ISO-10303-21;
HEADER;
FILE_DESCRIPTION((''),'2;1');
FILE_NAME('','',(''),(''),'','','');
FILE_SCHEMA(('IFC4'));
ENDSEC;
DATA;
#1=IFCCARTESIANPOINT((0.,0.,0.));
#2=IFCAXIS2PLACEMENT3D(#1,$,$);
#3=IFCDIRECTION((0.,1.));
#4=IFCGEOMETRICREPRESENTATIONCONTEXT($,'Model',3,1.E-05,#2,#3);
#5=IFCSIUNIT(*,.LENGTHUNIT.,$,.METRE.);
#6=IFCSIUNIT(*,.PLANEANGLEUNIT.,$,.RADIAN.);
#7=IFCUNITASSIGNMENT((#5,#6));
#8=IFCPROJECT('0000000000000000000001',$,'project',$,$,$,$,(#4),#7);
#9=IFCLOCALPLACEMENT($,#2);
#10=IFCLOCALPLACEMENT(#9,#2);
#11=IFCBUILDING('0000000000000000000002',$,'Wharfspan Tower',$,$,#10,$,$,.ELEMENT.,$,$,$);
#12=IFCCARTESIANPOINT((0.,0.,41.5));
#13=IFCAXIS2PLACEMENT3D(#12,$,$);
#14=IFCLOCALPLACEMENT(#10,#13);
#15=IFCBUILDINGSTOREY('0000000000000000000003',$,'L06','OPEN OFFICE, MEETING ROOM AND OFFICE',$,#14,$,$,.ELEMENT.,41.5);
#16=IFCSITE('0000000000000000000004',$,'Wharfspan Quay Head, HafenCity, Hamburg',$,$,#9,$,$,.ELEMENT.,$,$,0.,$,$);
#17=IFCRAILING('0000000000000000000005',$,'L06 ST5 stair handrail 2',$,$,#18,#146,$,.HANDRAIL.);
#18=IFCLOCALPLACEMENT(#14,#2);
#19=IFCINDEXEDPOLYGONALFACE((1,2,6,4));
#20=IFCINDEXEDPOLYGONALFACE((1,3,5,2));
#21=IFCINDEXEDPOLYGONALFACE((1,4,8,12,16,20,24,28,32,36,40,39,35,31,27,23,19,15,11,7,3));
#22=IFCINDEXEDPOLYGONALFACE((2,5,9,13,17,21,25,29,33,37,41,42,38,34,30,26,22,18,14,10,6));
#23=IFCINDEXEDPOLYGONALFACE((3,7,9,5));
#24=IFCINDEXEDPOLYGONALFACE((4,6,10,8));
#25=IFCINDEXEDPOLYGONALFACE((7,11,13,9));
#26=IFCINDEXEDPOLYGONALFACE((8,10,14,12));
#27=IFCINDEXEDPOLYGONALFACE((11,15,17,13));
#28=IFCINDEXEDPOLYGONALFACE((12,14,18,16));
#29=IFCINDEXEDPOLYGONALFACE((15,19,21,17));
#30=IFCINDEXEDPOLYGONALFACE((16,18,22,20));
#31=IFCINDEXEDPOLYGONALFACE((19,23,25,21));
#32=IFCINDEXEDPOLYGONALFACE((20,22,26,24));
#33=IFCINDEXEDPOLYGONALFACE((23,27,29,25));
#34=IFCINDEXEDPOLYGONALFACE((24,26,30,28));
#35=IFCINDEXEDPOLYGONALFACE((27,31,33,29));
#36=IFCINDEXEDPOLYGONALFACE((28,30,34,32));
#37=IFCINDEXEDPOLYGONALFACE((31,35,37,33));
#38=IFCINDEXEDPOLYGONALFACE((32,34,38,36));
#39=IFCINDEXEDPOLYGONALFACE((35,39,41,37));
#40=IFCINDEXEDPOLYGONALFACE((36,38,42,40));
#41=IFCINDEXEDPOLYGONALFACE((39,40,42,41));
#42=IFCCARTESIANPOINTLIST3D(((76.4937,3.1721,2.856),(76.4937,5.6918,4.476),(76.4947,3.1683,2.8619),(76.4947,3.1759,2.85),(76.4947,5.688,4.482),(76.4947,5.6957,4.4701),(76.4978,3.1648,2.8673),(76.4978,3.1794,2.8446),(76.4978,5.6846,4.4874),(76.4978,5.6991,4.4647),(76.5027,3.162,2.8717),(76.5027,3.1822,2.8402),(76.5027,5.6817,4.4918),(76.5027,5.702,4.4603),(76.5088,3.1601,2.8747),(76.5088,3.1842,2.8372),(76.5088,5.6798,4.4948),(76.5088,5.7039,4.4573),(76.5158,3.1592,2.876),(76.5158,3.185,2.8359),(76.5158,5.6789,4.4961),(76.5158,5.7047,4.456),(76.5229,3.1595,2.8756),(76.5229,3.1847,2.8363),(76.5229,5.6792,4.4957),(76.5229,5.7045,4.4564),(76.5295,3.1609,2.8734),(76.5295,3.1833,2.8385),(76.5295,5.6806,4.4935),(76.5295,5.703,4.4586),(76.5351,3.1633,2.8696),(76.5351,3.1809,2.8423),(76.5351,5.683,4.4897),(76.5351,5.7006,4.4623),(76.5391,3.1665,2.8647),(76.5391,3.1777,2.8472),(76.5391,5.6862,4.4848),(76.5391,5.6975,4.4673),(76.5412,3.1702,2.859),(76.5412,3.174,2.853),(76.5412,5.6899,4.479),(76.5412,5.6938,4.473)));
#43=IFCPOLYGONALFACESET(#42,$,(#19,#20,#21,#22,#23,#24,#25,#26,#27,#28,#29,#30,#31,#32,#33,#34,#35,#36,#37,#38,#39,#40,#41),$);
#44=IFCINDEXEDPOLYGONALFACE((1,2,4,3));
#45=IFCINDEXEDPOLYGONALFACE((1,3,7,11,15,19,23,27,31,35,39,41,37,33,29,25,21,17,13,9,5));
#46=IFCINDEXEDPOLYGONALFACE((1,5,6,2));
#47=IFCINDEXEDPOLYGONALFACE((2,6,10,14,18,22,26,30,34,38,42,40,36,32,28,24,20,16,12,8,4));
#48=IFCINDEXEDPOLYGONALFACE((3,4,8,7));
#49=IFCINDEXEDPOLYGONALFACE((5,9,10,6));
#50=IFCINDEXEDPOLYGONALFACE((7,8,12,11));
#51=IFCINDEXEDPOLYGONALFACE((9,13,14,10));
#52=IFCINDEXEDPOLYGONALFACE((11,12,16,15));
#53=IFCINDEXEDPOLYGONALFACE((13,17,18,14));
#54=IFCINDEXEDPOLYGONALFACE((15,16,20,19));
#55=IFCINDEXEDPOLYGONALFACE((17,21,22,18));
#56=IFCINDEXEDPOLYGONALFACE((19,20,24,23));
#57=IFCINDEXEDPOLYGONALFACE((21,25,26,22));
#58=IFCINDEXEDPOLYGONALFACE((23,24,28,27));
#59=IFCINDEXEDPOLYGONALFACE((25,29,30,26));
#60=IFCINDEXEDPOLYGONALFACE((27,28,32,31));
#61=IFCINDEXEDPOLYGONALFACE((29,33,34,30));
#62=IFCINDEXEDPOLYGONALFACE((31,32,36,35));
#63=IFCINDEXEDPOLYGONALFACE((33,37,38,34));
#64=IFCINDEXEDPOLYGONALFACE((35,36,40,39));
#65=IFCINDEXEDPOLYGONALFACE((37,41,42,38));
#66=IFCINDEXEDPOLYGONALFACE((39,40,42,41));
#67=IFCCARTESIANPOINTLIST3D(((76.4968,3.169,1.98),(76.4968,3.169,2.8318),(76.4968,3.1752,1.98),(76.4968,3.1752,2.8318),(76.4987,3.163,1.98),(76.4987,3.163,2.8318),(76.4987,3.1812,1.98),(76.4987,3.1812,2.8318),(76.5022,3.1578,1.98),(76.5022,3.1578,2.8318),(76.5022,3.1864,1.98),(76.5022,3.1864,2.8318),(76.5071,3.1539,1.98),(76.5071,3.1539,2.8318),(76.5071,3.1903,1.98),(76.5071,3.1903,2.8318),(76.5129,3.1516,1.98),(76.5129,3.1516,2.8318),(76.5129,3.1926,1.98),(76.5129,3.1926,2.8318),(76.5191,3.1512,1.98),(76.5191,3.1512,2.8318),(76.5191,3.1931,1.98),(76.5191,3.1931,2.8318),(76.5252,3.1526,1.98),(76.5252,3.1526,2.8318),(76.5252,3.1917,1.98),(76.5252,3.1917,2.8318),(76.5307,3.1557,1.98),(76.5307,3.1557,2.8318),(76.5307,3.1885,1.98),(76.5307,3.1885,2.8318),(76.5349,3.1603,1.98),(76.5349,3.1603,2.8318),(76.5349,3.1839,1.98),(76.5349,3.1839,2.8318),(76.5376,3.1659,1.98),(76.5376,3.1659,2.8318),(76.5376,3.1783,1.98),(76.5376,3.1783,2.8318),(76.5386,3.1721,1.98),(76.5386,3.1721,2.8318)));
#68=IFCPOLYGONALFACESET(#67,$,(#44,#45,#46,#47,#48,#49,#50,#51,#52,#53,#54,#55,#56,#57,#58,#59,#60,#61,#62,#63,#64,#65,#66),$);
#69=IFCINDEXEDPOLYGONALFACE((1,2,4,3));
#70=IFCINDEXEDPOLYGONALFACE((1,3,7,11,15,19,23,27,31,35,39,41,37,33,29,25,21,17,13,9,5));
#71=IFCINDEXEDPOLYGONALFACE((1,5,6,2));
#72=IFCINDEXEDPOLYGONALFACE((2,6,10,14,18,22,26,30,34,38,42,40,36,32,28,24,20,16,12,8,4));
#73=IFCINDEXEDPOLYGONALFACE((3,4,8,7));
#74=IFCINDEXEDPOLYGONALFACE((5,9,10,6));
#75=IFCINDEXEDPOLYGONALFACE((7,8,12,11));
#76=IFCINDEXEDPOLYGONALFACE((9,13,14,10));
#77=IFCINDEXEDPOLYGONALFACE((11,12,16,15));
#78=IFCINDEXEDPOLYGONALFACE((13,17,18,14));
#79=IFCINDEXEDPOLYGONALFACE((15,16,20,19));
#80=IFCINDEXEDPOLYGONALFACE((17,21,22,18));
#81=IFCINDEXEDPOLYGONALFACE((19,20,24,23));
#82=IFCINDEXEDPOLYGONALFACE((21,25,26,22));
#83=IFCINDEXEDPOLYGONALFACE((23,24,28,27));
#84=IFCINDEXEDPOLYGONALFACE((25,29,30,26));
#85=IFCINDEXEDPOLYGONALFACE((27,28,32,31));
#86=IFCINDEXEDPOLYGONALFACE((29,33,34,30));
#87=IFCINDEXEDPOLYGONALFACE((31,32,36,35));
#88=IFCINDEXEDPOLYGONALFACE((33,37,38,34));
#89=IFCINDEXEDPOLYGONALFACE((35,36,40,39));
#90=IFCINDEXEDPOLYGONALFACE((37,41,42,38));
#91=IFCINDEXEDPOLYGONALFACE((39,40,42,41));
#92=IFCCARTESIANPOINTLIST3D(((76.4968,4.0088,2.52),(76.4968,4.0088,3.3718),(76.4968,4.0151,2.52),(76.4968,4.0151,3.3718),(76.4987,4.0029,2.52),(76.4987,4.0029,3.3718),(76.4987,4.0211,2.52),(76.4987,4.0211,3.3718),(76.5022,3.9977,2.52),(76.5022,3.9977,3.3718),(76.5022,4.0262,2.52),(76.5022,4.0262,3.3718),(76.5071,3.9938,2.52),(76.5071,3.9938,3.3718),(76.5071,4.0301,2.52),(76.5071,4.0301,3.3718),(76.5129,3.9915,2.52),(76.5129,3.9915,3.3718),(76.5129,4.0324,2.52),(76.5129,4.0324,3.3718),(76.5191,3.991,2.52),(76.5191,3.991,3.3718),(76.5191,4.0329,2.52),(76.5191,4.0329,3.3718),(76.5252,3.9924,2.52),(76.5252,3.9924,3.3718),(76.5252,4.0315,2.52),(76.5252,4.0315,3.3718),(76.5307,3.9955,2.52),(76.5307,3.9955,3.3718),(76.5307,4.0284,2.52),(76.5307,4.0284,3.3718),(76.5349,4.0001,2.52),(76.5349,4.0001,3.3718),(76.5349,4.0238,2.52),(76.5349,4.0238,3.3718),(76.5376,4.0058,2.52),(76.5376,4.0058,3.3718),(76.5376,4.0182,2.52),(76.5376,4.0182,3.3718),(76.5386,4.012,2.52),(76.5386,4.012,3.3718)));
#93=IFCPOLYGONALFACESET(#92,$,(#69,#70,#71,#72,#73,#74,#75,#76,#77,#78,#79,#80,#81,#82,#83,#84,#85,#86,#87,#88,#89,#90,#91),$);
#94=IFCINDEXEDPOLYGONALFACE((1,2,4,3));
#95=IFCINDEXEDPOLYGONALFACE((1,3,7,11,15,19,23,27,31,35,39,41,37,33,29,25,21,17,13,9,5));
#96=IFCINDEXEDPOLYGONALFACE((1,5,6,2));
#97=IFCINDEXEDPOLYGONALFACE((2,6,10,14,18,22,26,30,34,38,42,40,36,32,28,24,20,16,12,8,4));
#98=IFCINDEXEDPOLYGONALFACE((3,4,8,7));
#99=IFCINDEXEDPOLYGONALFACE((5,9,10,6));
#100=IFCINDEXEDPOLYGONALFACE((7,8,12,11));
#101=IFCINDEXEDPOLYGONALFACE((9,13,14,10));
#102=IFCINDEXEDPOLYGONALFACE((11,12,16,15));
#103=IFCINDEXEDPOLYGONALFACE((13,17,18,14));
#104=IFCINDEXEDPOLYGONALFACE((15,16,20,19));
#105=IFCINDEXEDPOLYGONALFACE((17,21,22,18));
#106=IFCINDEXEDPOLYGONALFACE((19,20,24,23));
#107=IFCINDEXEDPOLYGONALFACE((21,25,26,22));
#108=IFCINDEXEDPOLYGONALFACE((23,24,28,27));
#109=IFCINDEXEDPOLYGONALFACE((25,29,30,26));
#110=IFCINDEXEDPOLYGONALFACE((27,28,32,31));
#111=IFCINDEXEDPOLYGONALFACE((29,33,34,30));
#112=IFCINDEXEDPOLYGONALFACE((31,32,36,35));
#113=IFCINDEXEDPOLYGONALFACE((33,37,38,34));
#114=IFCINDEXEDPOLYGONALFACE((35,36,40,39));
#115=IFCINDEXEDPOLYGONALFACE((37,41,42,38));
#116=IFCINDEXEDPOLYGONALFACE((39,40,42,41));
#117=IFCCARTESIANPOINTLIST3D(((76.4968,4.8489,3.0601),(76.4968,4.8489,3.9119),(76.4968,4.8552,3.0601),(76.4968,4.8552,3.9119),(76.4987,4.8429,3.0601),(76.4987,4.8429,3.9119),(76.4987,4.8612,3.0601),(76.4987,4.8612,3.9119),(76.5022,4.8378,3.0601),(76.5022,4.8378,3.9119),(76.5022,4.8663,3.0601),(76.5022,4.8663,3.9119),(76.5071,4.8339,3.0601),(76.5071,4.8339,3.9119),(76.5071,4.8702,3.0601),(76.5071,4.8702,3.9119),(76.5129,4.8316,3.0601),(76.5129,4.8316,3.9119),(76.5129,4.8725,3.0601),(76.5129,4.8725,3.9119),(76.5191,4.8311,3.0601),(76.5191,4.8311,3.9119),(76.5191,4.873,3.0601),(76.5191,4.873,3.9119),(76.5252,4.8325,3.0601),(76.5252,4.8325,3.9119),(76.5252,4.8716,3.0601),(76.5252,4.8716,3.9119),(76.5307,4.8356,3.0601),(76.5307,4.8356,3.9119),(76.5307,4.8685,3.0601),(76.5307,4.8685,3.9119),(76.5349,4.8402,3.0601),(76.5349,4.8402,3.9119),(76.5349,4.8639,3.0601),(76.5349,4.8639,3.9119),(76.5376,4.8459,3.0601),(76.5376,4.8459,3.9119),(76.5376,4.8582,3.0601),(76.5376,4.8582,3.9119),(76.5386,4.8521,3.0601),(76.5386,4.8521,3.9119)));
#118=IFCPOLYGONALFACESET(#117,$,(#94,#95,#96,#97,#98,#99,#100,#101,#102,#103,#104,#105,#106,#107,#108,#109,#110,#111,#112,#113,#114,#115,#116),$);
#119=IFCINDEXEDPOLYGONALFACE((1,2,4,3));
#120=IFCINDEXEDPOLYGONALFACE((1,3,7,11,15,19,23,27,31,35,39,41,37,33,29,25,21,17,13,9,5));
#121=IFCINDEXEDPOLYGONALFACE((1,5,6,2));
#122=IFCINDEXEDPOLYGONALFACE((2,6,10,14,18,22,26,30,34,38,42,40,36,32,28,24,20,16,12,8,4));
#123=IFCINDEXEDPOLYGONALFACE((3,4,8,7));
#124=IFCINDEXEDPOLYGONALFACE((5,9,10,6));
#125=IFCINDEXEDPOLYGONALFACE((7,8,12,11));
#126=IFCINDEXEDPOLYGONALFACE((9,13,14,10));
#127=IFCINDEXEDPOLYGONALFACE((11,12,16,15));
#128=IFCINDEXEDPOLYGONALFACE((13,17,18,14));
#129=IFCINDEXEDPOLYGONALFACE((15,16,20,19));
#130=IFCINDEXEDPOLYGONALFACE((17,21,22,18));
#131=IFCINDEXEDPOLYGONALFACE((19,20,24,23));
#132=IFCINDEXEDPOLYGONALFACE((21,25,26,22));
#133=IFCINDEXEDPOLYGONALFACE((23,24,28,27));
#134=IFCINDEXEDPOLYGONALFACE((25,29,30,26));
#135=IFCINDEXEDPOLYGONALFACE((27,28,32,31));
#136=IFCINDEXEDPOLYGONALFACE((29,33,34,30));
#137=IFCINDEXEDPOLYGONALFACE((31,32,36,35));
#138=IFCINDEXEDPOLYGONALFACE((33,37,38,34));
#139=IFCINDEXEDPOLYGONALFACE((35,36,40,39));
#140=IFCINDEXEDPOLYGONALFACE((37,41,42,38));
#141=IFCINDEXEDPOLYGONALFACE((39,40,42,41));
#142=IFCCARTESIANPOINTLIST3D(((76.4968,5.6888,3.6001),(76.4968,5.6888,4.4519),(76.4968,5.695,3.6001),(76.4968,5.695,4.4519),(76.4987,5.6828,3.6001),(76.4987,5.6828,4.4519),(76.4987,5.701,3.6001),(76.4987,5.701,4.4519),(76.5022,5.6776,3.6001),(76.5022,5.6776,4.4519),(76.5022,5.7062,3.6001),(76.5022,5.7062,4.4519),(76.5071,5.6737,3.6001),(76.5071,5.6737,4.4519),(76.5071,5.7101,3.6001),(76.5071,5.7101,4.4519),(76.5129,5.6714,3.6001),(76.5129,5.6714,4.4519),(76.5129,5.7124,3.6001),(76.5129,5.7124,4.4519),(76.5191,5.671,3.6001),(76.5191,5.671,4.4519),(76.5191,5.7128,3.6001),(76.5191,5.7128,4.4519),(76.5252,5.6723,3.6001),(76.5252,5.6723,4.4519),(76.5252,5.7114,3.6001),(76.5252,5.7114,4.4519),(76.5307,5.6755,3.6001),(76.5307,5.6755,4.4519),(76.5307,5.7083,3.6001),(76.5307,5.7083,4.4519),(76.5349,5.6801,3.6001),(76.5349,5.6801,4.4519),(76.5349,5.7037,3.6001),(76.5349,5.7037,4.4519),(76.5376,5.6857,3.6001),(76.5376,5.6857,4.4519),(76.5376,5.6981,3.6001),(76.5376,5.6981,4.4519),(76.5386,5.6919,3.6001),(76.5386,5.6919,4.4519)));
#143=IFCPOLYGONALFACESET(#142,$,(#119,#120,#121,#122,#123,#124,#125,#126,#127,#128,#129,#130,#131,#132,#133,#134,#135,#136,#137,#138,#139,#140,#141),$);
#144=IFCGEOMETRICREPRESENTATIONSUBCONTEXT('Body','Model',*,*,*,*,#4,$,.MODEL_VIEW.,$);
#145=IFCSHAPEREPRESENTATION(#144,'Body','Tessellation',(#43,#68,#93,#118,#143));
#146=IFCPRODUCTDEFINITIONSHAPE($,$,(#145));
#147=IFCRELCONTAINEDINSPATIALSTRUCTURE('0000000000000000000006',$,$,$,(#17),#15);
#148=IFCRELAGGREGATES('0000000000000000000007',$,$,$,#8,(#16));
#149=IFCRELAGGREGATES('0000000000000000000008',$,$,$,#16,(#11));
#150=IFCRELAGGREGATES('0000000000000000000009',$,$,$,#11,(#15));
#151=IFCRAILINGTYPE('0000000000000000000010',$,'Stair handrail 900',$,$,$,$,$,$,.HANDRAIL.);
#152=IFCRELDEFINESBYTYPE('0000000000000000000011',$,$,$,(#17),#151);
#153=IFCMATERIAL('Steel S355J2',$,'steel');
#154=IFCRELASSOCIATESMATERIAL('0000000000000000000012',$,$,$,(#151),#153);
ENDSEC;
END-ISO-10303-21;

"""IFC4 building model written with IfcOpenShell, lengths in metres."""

from ifc_helpers import new_model, si_unit, direction, frame, origin, origin_2d, place, context, subcontext, project, spatial, circle, extrude, material, type_object, element, save


model = new_model("IFC4")

# Units and contexts
model_context = context("Model", 3, precision=1e-05, world=origin(), true_north=direction((0.0, 1.0)))
body_context = subcontext(model_context, "Body", "Model", "MODEL_VIEW")
ifc_project = project(units=[si_unit("LENGTHUNIT", "METRE"), si_unit("PLANEANGLEUNIT", "RADIAN")], contexts=[model_context])

# Site, building, storey
site_placement = place(None, origin())
site = spatial("IfcSite", under=ifc_project, at=site_placement, Name="Wharfspan Quay Head, HafenCity, Hamburg", CompositionType="ELEMENT", RefElevation=0.0)
building_placement = place(site_placement, origin())
building = spatial("IfcBuilding", under=site, at=building_placement, Name="Wharfspan Tower", CompositionType="ELEMENT")
storey_placement = place(building_placement, frame((0.0, 0.0, 41.5)))
storey = spatial("IfcBuildingStorey", under=building, at=storey_placement, Name="L06", Description="OPEN OFFICE, MEETING ROOM AND OFFICE", CompositionType="ELEMENT", Elevation=41.5)

# Shared definitions
ifc_material_1 = material(Name="Steel S355J2", Category="steel")

# Railing
railing_type_1 = type_object("IfcRailingType", Name="Stair handrail 900", PredefinedType="HANDRAIL", material=ifc_material_1)
railing_1_placement = place(storey_placement, frame((76.5176, 3.1721, 1.98)))
element("IfcRailing", 1, at=railing_1_placement, inside=storey, type_object=railing_type_1, Name="L06 ST5 stair handrail 2", PredefinedType="HANDRAIL", context=body_context, shape_type="SweptSolid", body=[
    extrude(circle(Radius=0.0239, at=origin_2d()), frame((0.0, 0.0, 0.876), z_axis=(0.0, 0.841139, 0.540819), x_axis=(-1.0, 0.0, 0.0)), (0.0, 0.0, 1.0), 2.9956),
    extrude(circle(Radius=0.021, at=origin_2d()), origin(), (0.0, 0.0, 1.0), 0.8518),
    extrude(circle(Radius=0.021, at=origin_2d()), frame((0.0, 0.8398, 0.54)), (0.0, 0.0, 1.0), 0.8518),
    extrude(circle(Radius=0.021, at=origin_2d()), frame((0.0, 1.6799, 1.0801)), (0.0, 0.0, 1.0), 0.8518),
    extrude(circle(Radius=0.021, at=origin_2d()), frame((0.0, 2.5198, 1.6201)), (0.0, 0.0, 1.0), 0.8518),
])

save(model, "model.ifc")
